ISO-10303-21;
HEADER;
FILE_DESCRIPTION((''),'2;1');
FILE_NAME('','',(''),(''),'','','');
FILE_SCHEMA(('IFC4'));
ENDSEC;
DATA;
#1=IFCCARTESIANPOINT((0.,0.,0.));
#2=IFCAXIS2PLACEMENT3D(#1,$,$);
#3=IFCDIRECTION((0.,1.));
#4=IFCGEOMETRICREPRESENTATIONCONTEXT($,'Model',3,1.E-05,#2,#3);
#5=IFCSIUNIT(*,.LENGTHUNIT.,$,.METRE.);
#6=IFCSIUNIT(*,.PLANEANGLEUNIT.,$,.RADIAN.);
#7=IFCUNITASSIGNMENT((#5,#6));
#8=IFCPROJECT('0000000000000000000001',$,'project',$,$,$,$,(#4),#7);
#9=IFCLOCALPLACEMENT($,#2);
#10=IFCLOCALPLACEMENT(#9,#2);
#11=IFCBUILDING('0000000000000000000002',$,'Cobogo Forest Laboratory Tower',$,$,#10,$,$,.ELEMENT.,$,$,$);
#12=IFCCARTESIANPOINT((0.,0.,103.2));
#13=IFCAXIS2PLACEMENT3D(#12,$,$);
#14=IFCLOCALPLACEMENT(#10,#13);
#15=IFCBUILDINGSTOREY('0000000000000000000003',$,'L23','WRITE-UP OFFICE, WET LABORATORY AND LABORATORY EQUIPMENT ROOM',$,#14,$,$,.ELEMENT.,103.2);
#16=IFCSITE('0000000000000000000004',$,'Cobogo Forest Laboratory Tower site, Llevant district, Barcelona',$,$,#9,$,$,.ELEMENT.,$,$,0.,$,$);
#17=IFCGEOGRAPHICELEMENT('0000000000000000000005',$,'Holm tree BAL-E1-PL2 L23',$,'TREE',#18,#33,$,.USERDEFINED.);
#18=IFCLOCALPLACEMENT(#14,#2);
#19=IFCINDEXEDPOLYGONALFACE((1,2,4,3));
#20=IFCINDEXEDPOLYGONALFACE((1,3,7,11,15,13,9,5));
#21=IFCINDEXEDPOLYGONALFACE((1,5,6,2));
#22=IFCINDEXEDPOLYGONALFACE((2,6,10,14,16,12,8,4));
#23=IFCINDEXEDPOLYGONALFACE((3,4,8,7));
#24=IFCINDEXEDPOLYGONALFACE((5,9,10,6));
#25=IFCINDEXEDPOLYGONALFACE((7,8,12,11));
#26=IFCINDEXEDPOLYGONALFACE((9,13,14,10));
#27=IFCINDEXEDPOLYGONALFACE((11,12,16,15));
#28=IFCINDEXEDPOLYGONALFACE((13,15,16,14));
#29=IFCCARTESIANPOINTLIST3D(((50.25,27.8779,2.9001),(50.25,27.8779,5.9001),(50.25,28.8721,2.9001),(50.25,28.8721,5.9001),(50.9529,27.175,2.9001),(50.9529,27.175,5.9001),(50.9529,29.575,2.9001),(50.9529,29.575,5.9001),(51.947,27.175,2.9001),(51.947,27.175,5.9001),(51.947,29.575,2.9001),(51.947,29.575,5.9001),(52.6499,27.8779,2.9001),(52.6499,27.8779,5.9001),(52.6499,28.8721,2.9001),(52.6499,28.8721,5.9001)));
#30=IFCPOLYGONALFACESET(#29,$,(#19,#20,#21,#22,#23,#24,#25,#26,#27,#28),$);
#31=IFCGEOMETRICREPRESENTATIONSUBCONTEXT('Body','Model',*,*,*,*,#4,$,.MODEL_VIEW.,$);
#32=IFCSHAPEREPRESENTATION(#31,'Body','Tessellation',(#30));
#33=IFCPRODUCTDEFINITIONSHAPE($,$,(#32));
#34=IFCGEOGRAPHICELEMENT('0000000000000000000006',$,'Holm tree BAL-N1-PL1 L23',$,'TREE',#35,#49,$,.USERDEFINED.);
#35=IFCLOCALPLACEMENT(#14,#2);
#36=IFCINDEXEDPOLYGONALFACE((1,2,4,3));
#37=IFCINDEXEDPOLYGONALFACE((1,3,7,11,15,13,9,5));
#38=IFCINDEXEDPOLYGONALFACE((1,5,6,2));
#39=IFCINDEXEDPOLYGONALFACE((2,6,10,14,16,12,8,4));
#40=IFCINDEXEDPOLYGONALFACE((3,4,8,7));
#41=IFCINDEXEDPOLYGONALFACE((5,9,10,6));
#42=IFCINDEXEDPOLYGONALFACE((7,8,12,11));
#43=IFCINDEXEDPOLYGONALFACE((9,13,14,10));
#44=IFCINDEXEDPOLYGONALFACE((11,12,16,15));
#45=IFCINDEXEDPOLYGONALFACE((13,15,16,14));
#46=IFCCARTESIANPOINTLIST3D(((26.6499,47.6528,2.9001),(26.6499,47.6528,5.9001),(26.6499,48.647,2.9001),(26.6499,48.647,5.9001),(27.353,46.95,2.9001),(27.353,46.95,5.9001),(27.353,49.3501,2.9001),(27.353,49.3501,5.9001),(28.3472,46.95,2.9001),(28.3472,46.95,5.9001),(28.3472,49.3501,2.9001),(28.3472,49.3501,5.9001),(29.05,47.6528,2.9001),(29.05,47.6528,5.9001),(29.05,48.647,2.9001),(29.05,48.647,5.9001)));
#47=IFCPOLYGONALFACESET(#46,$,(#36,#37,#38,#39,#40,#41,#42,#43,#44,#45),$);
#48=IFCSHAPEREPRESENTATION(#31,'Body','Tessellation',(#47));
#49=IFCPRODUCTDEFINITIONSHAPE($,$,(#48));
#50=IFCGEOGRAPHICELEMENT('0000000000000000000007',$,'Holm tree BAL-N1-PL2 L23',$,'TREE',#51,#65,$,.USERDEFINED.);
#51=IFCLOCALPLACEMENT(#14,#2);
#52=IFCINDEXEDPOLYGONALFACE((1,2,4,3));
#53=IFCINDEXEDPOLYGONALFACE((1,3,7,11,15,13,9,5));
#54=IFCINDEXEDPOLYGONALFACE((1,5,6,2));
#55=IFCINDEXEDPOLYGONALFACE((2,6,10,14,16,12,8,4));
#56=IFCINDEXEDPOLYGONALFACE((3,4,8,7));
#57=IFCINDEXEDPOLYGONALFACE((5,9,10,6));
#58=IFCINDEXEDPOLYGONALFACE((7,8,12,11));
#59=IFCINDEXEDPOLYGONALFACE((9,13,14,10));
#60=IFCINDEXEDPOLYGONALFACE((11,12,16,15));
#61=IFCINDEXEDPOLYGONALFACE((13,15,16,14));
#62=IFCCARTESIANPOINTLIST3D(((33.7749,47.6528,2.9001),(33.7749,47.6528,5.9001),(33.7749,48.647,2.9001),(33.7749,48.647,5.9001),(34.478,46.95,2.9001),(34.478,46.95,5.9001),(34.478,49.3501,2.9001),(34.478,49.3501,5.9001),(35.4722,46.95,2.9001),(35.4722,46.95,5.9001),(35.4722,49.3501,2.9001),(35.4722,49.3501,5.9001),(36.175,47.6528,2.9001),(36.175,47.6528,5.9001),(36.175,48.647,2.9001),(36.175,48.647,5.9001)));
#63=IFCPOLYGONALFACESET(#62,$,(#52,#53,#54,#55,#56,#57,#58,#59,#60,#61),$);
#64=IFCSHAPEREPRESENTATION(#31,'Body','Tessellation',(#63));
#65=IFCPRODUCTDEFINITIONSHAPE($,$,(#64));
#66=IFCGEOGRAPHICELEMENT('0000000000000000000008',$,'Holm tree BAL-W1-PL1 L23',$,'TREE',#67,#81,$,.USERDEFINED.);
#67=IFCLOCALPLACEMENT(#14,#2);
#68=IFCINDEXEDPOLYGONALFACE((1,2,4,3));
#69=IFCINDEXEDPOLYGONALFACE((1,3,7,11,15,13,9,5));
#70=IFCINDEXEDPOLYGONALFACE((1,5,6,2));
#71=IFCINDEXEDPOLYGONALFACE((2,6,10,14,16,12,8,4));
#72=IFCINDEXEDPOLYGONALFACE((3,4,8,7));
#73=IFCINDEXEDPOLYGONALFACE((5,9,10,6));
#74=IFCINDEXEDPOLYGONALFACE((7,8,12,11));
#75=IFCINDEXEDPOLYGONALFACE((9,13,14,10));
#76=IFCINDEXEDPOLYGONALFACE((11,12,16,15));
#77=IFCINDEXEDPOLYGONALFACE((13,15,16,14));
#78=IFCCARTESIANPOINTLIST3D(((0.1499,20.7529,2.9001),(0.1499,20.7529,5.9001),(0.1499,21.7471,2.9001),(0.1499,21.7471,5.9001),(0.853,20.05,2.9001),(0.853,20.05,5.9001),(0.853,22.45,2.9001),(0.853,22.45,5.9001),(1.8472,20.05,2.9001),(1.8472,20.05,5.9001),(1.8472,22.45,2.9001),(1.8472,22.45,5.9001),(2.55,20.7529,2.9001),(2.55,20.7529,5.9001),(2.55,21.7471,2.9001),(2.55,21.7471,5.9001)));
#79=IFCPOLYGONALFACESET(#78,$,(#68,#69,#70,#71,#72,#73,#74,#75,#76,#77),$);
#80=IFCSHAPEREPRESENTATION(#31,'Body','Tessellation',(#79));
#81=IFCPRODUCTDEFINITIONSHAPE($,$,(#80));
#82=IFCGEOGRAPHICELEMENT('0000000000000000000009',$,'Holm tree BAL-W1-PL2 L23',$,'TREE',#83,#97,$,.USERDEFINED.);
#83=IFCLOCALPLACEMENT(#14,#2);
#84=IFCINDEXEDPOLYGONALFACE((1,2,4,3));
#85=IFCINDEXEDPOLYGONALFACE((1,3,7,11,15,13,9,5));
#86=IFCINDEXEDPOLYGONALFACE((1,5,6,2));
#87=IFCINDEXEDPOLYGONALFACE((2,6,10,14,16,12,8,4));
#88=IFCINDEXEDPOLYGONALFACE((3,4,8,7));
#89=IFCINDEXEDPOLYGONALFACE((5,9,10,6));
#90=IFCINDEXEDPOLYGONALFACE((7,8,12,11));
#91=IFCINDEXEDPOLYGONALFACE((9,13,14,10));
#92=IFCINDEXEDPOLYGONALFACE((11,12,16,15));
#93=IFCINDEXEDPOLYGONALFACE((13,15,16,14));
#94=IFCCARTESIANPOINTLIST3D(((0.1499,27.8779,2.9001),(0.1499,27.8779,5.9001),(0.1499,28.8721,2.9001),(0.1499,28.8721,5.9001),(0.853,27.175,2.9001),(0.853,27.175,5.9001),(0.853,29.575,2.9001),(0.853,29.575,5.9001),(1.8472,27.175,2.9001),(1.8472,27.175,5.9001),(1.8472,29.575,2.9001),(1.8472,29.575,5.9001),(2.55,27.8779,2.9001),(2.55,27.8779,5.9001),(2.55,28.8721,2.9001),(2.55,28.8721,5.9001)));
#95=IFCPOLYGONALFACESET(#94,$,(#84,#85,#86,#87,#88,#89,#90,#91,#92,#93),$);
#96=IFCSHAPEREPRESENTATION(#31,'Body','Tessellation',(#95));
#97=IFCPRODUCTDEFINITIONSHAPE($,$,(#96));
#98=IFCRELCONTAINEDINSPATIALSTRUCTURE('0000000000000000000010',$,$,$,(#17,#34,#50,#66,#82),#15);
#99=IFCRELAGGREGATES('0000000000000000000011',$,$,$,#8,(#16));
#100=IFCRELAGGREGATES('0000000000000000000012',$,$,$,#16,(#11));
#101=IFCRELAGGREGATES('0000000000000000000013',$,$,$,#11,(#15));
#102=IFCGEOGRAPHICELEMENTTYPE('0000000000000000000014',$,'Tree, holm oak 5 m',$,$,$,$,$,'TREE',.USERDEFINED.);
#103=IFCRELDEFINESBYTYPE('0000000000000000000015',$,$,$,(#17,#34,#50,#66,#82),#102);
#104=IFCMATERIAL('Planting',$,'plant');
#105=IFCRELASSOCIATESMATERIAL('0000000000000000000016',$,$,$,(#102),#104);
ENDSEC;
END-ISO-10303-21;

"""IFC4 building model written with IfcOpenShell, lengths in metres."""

from ifc_helpers import new_model, si_unit, direction, frame, origin, place, context, subcontext, project, spatial, polyline, outline, extrude, material, type_object, element, save


model = new_model("IFC4")

# Units and contexts
model_context = context("Model", 3, precision=1e-05, world=origin(), true_north=direction((0.0, 1.0)))
body_context = subcontext(model_context, "Body", "Model", "MODEL_VIEW")
ifc_project = project(units=[si_unit("LENGTHUNIT", "METRE"), si_unit("PLANEANGLEUNIT", "RADIAN")], contexts=[model_context])

# Site, building, storey
site_placement = place(None, origin())
site = spatial("IfcSite", under=ifc_project, at=site_placement, Name="Cobogo Forest Laboratory Tower site, Llevant district, Barcelona", CompositionType="ELEMENT", RefElevation=0.0)
building_placement = place(site_placement, origin())
building = spatial("IfcBuilding", under=site, at=building_placement, Name="Cobogo Forest Laboratory Tower", CompositionType="ELEMENT")
storey_placement = place(building_placement, frame((0.0, 0.0, 103.2)))
storey = spatial("IfcBuildingStorey", under=building, at=storey_placement, Name="L23", Description="WRITE-UP OFFICE, WET LABORATORY AND LABORATORY EQUIPMENT ROOM", CompositionType="ELEMENT", Elevation=103.2)

# Geographic elements
ifc_material_1 = material(Name="Planting", Category="plant")
geographic_element_type = type_object("IfcGeographicElementType", Name="Tree, holm oak 5 m", ElementType="TREE", PredefinedType="USERDEFINED", material=ifc_material_1)
geographic_element_1_placement = place(storey_placement, frame((0.0, 0.0, 2.9001)))
element("IfcGeographicElement", 1, at=geographic_element_1_placement, inside=storey, type_object=geographic_element_type, Name="Holm tree BAL-E1-PL2 L23", ObjectType="TREE", PredefinedType="USERDEFINED", context=body_context, shape_type="SweptSolid", body=[
    extrude(outline(polyline([(52.6499, 27.8779), (52.6499, 28.8721), (51.947, 29.575), (50.9529, 29.575), (50.25, 28.8721), (50.25, 27.8779), (50.9529, 27.175), (51.947, 27.175), (52.6499, 27.8779)])), origin(), (0.0, 0.0, 1.0), 3.0),
])
geographic_element_2_placement = place(storey_placement, frame((0.0, 0.0, 2.9001)))
element("IfcGeographicElement", 2, at=geographic_element_2_placement, inside=storey, type_object=geographic_element_type, Name="Holm tree BAL-N1-PL1 L23", ObjectType="TREE", PredefinedType="USERDEFINED", context=body_context, shape_type="SweptSolid", body=[
    extrude(outline(polyline([(29.05, 47.6528), (29.05, 48.647), (28.3472, 49.3501), (27.353, 49.3501), (26.6499, 48.647), (26.6499, 47.6528), (27.353, 46.95), (28.3472, 46.95), (29.05, 47.6528)])), origin(), (0.0, 0.0, 1.0), 3.0),
])
geographic_element_3_placement = place(storey_placement, frame((0.0, 0.0, 2.9001)))
element("IfcGeographicElement", 3, at=geographic_element_3_placement, inside=storey, type_object=geographic_element_type, Name="Holm tree BAL-N1-PL2 L23", ObjectType="TREE", PredefinedType="USERDEFINED", context=body_context, shape_type="SweptSolid", body=[
    extrude(outline(polyline([(36.175, 47.6528), (36.175, 48.647), (35.4722, 49.3501), (34.478, 49.3501), (33.7749, 48.647), (33.7749, 47.6528), (34.478, 46.95), (35.4722, 46.95), (36.175, 47.6528)])), origin(), (0.0, 0.0, 1.0), 3.0),
])
geographic_element_4_placement = place(storey_placement, frame((0.0, 0.0, 2.9001)))
element("IfcGeographicElement", 4, at=geographic_element_4_placement, inside=storey, type_object=geographic_element_type, Name="Holm tree BAL-W1-PL1 L23", ObjectType="TREE", PredefinedType="USERDEFINED", context=body_context, shape_type="SweptSolid", body=[
    extrude(outline(polyline([(2.55, 20.7529), (2.55, 21.7471), (1.8472, 22.45), (0.853, 22.45), (0.1499, 21.7471), (0.1499, 20.7529), (0.853, 20.05), (1.8472, 20.05), (2.55, 20.7529)])), origin(), (0.0, 0.0, 1.0), 3.0),
])
geographic_element_5_placement = place(storey_placement, frame((0.0, 0.0, 2.9001)))
element("IfcGeographicElement", 5, at=geographic_element_5_placement, inside=storey, type_object=geographic_element_type, Name="Holm tree BAL-W1-PL2 L23", ObjectType="TREE", PredefinedType="USERDEFINED", context=body_context, shape_type="SweptSolid", body=[
    extrude(outline(polyline([(2.55, 27.8779), (2.55, 28.8721), (1.8472, 29.575), (0.853, 29.575), (0.1499, 28.8721), (0.1499, 27.8779), (0.853, 27.175), (1.8472, 27.175), (2.55, 27.8779)])), origin(), (0.0, 0.0, 1.0), 3.0),
])

save(model, "model.ifc")
